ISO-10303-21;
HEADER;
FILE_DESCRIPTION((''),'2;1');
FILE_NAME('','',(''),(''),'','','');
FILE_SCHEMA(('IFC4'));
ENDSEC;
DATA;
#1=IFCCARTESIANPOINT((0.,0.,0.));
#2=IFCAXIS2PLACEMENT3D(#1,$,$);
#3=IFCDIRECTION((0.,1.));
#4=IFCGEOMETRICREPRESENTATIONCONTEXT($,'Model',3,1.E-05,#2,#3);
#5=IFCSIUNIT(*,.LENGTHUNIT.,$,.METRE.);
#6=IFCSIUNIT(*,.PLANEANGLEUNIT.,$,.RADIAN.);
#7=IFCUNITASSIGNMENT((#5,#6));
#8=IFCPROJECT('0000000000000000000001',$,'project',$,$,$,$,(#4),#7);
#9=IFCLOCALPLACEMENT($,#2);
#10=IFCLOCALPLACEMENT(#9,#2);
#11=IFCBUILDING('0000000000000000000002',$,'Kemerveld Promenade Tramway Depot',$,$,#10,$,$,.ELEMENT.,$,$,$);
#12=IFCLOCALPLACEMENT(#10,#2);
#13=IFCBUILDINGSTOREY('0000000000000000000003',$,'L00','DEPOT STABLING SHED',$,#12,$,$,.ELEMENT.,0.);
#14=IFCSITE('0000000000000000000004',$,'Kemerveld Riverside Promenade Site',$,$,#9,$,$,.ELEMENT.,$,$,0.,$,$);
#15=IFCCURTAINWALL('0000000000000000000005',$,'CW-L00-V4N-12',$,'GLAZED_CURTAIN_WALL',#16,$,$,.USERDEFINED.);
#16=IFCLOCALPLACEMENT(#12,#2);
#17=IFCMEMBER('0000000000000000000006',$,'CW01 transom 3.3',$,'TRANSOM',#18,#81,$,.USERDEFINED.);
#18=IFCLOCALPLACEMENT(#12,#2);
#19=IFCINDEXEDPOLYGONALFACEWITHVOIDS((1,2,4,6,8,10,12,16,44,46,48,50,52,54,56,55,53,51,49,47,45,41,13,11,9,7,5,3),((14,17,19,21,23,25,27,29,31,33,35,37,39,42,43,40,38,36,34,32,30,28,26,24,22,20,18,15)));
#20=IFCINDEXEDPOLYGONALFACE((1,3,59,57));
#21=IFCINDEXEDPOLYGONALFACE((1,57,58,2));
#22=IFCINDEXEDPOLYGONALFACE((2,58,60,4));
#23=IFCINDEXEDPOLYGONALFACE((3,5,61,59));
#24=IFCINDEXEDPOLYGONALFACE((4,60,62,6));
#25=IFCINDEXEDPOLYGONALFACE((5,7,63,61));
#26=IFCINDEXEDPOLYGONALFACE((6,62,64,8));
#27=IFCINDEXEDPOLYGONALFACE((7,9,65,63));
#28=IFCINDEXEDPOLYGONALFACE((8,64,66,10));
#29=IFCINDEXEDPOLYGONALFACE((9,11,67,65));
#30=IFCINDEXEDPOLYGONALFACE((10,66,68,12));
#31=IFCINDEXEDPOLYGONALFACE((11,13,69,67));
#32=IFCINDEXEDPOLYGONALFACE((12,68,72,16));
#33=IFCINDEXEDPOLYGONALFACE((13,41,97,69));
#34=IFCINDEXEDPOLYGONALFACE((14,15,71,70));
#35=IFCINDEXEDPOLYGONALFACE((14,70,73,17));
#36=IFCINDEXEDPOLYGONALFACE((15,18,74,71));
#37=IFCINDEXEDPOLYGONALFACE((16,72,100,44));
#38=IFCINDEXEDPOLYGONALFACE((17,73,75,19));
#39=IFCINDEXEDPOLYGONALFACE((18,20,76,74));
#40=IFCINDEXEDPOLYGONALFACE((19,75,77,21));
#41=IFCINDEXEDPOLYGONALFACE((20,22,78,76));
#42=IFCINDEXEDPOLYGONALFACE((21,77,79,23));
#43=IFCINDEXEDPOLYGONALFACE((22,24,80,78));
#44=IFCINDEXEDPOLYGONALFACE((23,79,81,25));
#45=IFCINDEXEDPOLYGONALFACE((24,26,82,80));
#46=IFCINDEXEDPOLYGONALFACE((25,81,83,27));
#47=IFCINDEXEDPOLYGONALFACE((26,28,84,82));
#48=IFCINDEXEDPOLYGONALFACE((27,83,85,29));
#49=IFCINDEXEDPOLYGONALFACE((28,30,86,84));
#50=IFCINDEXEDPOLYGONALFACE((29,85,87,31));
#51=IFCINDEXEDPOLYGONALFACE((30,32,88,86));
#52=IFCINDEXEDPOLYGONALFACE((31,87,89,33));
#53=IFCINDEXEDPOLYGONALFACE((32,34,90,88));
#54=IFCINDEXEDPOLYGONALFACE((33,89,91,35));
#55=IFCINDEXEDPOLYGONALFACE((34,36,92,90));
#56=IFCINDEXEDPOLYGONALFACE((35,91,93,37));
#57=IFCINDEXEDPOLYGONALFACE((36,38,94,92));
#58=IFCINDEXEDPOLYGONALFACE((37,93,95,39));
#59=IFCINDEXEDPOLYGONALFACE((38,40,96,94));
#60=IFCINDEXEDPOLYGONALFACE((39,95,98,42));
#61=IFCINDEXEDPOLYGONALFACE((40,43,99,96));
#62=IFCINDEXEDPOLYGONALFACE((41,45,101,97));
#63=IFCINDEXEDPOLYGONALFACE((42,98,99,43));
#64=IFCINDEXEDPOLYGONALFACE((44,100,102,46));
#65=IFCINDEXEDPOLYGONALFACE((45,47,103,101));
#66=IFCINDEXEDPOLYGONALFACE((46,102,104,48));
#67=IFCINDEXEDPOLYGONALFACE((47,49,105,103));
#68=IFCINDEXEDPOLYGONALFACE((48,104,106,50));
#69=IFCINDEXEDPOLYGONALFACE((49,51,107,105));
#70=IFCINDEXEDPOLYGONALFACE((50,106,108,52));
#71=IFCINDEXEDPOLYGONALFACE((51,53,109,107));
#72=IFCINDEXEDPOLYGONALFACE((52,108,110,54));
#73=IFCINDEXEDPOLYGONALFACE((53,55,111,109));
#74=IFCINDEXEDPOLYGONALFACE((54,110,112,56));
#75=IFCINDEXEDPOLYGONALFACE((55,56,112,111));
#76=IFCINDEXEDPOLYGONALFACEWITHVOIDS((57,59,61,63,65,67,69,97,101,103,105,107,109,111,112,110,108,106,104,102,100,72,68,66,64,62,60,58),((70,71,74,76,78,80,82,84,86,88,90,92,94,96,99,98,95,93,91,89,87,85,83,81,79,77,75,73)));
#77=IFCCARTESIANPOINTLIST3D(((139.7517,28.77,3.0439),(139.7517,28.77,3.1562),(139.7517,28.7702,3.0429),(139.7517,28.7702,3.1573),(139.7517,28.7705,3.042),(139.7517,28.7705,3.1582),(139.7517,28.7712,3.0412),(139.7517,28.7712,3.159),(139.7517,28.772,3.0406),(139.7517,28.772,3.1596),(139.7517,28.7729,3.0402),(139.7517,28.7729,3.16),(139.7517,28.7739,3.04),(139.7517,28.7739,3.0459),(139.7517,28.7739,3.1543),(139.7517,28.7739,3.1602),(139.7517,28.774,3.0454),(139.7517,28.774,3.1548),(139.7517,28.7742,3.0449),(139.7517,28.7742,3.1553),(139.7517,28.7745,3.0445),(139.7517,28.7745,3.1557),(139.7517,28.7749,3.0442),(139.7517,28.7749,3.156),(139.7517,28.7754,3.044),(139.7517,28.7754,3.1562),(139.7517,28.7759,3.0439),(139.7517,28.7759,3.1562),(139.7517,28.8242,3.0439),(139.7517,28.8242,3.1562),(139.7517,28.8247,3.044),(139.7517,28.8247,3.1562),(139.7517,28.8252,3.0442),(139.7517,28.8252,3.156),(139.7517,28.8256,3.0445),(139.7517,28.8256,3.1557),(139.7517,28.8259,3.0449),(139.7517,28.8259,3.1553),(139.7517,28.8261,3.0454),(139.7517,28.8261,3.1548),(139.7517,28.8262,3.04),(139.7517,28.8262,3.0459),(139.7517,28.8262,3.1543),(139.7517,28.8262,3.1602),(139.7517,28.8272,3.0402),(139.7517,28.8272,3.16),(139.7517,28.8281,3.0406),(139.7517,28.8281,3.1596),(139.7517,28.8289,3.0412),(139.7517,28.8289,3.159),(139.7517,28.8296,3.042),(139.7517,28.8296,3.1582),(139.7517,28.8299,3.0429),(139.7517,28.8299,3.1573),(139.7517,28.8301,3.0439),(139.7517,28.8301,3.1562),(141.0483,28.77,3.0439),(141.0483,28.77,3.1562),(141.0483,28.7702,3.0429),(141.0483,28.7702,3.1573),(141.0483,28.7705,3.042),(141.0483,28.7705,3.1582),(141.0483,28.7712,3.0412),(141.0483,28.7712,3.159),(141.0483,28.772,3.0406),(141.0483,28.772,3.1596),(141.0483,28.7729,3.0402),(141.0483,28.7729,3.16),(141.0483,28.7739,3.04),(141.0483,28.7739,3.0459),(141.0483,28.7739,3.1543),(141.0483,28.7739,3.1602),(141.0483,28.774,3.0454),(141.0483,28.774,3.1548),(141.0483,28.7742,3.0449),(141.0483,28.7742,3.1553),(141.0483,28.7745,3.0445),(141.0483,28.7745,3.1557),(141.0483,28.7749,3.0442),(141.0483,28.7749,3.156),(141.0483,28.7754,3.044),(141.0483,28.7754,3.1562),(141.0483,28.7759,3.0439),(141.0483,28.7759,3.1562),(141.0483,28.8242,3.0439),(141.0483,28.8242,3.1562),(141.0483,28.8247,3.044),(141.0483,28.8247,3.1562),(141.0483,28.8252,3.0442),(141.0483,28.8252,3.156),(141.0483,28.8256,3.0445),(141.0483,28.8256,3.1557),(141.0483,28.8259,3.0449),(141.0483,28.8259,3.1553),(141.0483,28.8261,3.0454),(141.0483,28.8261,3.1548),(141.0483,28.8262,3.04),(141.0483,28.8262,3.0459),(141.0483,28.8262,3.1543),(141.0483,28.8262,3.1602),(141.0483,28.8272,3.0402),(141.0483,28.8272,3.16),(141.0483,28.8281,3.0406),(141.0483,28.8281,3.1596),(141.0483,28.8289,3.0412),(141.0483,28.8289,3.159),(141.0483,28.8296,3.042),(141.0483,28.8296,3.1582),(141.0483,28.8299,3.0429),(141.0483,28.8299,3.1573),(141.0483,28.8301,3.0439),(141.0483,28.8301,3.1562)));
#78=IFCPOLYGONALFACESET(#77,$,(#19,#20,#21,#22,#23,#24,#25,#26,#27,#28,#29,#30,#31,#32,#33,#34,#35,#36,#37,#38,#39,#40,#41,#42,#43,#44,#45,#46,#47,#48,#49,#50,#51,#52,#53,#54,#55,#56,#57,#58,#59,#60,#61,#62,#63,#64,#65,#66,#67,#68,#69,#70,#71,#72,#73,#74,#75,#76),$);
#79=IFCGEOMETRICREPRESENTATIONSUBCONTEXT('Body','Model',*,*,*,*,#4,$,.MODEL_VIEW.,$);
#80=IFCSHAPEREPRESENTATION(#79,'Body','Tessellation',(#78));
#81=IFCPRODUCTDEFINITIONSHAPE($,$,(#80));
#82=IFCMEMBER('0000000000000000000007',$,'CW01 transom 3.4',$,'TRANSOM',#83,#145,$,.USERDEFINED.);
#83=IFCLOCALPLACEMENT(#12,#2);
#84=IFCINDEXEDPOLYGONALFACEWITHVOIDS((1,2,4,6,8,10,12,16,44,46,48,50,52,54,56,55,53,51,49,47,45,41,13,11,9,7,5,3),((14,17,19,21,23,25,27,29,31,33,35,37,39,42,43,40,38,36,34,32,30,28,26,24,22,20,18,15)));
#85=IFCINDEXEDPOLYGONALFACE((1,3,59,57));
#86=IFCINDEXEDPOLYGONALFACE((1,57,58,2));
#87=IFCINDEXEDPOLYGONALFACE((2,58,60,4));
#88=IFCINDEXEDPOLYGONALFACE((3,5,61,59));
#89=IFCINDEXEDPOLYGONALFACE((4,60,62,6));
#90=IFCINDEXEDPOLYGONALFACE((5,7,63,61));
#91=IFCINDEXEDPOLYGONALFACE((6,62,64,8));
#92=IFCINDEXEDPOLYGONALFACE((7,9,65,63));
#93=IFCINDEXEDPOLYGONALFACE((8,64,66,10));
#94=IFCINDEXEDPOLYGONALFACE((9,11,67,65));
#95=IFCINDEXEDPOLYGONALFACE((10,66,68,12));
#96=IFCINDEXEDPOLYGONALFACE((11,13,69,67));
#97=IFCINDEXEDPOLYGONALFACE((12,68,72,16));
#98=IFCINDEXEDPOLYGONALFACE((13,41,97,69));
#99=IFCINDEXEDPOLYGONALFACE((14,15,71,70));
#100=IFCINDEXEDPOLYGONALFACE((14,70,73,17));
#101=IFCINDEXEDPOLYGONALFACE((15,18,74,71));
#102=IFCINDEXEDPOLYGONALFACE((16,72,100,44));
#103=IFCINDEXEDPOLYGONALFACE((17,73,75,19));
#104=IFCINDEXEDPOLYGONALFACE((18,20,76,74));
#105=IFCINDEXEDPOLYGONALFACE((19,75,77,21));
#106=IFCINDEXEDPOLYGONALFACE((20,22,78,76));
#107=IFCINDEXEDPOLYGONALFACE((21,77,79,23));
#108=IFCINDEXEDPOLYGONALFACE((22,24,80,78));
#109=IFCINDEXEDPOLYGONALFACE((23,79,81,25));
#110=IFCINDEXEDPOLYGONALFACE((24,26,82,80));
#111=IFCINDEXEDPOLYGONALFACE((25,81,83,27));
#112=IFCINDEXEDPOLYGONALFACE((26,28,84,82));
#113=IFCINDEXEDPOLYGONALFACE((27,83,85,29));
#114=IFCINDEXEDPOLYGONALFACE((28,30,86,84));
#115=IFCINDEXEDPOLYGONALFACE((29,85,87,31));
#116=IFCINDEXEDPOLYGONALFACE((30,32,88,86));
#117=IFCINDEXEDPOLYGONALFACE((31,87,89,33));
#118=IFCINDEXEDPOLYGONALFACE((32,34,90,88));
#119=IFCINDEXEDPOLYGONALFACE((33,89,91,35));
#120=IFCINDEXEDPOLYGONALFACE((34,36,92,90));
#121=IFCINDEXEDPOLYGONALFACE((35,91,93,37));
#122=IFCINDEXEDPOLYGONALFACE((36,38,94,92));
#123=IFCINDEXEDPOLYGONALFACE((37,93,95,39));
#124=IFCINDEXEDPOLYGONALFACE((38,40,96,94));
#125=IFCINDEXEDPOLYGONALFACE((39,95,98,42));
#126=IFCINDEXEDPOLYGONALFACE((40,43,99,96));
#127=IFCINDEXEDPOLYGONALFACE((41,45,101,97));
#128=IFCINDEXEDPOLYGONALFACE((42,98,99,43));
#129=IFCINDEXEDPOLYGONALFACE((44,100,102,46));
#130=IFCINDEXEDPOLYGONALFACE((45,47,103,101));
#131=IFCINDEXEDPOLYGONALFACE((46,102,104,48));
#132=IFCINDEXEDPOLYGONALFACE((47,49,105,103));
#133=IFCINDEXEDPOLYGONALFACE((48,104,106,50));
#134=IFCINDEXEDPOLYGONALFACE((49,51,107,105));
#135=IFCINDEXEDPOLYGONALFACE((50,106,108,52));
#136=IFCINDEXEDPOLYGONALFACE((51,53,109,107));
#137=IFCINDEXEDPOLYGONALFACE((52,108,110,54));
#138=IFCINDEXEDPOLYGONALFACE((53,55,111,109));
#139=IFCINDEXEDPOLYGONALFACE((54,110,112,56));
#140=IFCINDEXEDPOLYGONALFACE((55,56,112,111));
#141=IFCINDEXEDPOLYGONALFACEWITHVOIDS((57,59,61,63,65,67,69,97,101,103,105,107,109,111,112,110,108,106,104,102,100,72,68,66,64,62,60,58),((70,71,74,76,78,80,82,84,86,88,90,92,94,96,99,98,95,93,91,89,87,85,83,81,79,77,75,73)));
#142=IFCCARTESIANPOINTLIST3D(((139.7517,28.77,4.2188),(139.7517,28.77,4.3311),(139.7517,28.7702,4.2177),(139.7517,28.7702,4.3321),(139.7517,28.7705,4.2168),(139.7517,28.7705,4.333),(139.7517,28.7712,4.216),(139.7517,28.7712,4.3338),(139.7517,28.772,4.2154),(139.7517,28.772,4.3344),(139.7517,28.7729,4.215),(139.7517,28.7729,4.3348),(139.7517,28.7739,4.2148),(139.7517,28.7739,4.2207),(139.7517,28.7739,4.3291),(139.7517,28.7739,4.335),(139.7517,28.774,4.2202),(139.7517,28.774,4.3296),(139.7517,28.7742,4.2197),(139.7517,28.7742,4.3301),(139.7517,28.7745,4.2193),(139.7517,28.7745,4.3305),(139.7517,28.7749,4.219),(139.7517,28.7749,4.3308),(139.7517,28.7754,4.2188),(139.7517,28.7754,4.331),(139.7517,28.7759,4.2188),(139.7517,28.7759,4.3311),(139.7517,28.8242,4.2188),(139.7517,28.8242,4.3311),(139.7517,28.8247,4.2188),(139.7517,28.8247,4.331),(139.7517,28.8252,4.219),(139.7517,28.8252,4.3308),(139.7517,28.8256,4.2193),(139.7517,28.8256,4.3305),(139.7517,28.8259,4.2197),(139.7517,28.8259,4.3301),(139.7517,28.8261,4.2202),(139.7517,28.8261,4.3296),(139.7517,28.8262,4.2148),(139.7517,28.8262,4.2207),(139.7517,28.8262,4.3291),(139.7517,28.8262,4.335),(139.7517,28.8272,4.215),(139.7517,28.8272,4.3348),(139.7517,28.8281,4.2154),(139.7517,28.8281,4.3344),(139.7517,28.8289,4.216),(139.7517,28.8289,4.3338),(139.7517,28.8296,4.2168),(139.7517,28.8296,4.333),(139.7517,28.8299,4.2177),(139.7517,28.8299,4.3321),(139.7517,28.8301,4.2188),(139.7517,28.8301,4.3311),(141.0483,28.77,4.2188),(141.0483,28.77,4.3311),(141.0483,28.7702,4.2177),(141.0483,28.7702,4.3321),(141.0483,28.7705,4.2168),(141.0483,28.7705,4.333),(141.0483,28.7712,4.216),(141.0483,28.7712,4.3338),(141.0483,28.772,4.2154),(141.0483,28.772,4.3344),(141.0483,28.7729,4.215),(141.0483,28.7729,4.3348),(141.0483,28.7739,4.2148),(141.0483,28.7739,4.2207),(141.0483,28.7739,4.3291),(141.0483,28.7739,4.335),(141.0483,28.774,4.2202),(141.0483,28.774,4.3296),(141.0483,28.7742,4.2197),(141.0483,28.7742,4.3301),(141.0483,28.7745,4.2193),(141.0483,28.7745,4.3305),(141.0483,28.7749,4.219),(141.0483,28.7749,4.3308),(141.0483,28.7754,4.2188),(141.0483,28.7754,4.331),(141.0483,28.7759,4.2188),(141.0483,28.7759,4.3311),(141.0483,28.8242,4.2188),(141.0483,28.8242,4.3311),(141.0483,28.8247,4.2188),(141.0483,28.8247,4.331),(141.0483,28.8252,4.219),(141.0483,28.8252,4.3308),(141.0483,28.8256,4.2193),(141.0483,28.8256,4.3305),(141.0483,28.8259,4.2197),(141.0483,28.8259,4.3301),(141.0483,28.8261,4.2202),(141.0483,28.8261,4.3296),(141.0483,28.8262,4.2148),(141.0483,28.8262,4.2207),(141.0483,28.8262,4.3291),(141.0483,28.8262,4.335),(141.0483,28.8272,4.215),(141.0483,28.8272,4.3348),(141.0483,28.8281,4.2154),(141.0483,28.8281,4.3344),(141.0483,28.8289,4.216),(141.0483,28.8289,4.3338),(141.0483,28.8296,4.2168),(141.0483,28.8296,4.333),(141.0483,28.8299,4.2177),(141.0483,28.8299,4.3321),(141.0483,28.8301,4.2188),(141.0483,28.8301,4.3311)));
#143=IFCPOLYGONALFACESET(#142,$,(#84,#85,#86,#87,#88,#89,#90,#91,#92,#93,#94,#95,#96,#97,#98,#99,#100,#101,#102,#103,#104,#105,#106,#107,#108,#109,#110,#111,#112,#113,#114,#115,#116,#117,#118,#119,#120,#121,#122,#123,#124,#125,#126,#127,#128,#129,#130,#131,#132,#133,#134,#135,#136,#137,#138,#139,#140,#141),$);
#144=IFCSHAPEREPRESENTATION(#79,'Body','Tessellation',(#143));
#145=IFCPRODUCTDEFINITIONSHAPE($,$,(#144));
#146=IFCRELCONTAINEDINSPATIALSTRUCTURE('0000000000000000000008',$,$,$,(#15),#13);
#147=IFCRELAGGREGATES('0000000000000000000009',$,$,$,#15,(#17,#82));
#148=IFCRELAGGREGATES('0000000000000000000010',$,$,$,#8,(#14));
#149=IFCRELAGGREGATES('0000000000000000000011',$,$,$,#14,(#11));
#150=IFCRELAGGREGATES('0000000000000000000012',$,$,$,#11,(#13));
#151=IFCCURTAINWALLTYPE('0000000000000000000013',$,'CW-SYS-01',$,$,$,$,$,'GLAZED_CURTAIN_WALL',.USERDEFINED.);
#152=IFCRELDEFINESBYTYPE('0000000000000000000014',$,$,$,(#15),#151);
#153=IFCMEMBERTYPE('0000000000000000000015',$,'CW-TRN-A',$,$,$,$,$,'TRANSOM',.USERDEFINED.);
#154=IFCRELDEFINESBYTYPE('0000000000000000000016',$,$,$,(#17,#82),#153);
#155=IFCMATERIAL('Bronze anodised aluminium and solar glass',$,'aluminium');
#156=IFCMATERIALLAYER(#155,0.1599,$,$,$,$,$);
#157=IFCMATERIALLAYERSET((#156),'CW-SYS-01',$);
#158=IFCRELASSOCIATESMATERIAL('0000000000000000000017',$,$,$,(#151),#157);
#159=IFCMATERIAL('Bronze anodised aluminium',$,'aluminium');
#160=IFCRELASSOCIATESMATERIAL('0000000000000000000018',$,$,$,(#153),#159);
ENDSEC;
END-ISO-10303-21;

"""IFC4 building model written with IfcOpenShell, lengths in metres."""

from ifc_helpers import new_model, si_unit, direction, frame, origin, origin_2d, place, context, subcontext, project, spatial, hollow_rectangle, extrude, material, layer, layer_set, material_profile, profile_set, type_object, element, aggregate, save


model = new_model("IFC4")

# Units and contexts
model_context = context("Model", 3, precision=1e-05, world=origin(), true_north=direction((0.0, 1.0)))
body_context = subcontext(model_context, "Body", "Model", "MODEL_VIEW")
ifc_project = project(units=[si_unit("LENGTHUNIT", "METRE"), si_unit("PLANEANGLEUNIT", "RADIAN")], contexts=[model_context])

# Site, building, storey
site_placement = place(None, origin())
site = spatial("IfcSite", under=ifc_project, at=site_placement, Name="Kemerveld Riverside Promenade Site", CompositionType="ELEMENT", RefElevation=0.0)
building_placement = place(site_placement, origin())
building = spatial("IfcBuilding", under=site, at=building_placement, Name="Kemerveld Promenade Tramway Depot", CompositionType="ELEMENT")
storey_placement = place(building_placement, origin())
storey = spatial("IfcBuildingStorey", under=building, at=storey_placement, Name="L00", Description="DEPOT STABLING SHED", CompositionType="ELEMENT", Elevation=0.0)

# Curtain wall, members
ifc_material_1 = material(Name="Bronze anodised aluminium and solar glass", Category="aluminium")
ifc_layer_1 = layer(ifc_material_1, 0.1599)
ifc_layer_set_1 = layer_set([ifc_layer_1], Name="CW-SYS-01")
curtain_wall_type = type_object("IfcCurtainWallType", Name="CW-SYS-01", ElementType="GLAZED_CURTAIN_WALL", PredefinedType="USERDEFINED", material=ifc_layer_set_1)
curtain_wall_placement = place(storey_placement, origin())
curtain_wall = element("IfcCurtainWall", 1, at=curtain_wall_placement, inside=storey, type_object=curtain_wall_type, Name="CW-L00-V4N-12", ObjectType="GLAZED_CURTAIN_WALL", PredefinedType="USERDEFINED")
ifc_material_2 = material(Name="Bronze anodised aluminium", Category="aluminium")
ifc_material_profile_1 = material_profile(ifc_material_2, hollow_rectangle(XDim=0.0601, YDim=0.1201, WallThickness=0.0039, InnerFilletRadius=0.002, OuterFilletRadius=0.0039, at=origin_2d()), Name="CW-TRN-120x60")
ifc_profile_set_1 = profile_set([ifc_material_profile_1], Name="Bronze anodised aluminium")
member_type_1 = type_object("IfcMemberType", Name="CW-TRN-A", ElementType="TRANSOM", PredefinedType="USERDEFINED", material=ifc_profile_set_1)
member_1_placement = place(storey_placement, frame((139.7517, 28.8, 3.1001), z_axis=(1.0, 0.0, 0.0), x_axis=(0.0, 1.0, 0.0)))
member_1 = element("IfcMember", 2, at=member_1_placement, type_object=member_type_1, Name="CW01 transom 3.3", ObjectType="TRANSOM", PredefinedType="USERDEFINED", context=body_context, shape_type="SweptSolid", body=[
    extrude(hollow_rectangle(XDim=0.0601, YDim=0.1201, WallThickness=0.0039, InnerFilletRadius=0.002, OuterFilletRadius=0.0039, at=origin_2d()), origin(), (0.0, 0.0, 1.0), 1.2966),
])
member_2_placement = place(storey_placement, frame((139.7517, 28.8, 4.2749), z_axis=(1.0, 0.0, 0.0), x_axis=(0.0, 1.0, 0.0)))
member_2 = element("IfcMember", 3, at=member_2_placement, type_object=member_type_1, Name="CW01 transom 3.4", ObjectType="TRANSOM", PredefinedType="USERDEFINED", context=body_context, shape_type="SweptSolid", body=[
    extrude(hollow_rectangle(XDim=0.0601, YDim=0.1201, WallThickness=0.0039, InnerFilletRadius=0.002, OuterFilletRadius=0.0039, at=origin_2d()), origin(), (0.0, 0.0, 1.0), 1.2966),
])
aggregate(curtain_wall, [member_1, member_2])

save(model, "model.ifc")
